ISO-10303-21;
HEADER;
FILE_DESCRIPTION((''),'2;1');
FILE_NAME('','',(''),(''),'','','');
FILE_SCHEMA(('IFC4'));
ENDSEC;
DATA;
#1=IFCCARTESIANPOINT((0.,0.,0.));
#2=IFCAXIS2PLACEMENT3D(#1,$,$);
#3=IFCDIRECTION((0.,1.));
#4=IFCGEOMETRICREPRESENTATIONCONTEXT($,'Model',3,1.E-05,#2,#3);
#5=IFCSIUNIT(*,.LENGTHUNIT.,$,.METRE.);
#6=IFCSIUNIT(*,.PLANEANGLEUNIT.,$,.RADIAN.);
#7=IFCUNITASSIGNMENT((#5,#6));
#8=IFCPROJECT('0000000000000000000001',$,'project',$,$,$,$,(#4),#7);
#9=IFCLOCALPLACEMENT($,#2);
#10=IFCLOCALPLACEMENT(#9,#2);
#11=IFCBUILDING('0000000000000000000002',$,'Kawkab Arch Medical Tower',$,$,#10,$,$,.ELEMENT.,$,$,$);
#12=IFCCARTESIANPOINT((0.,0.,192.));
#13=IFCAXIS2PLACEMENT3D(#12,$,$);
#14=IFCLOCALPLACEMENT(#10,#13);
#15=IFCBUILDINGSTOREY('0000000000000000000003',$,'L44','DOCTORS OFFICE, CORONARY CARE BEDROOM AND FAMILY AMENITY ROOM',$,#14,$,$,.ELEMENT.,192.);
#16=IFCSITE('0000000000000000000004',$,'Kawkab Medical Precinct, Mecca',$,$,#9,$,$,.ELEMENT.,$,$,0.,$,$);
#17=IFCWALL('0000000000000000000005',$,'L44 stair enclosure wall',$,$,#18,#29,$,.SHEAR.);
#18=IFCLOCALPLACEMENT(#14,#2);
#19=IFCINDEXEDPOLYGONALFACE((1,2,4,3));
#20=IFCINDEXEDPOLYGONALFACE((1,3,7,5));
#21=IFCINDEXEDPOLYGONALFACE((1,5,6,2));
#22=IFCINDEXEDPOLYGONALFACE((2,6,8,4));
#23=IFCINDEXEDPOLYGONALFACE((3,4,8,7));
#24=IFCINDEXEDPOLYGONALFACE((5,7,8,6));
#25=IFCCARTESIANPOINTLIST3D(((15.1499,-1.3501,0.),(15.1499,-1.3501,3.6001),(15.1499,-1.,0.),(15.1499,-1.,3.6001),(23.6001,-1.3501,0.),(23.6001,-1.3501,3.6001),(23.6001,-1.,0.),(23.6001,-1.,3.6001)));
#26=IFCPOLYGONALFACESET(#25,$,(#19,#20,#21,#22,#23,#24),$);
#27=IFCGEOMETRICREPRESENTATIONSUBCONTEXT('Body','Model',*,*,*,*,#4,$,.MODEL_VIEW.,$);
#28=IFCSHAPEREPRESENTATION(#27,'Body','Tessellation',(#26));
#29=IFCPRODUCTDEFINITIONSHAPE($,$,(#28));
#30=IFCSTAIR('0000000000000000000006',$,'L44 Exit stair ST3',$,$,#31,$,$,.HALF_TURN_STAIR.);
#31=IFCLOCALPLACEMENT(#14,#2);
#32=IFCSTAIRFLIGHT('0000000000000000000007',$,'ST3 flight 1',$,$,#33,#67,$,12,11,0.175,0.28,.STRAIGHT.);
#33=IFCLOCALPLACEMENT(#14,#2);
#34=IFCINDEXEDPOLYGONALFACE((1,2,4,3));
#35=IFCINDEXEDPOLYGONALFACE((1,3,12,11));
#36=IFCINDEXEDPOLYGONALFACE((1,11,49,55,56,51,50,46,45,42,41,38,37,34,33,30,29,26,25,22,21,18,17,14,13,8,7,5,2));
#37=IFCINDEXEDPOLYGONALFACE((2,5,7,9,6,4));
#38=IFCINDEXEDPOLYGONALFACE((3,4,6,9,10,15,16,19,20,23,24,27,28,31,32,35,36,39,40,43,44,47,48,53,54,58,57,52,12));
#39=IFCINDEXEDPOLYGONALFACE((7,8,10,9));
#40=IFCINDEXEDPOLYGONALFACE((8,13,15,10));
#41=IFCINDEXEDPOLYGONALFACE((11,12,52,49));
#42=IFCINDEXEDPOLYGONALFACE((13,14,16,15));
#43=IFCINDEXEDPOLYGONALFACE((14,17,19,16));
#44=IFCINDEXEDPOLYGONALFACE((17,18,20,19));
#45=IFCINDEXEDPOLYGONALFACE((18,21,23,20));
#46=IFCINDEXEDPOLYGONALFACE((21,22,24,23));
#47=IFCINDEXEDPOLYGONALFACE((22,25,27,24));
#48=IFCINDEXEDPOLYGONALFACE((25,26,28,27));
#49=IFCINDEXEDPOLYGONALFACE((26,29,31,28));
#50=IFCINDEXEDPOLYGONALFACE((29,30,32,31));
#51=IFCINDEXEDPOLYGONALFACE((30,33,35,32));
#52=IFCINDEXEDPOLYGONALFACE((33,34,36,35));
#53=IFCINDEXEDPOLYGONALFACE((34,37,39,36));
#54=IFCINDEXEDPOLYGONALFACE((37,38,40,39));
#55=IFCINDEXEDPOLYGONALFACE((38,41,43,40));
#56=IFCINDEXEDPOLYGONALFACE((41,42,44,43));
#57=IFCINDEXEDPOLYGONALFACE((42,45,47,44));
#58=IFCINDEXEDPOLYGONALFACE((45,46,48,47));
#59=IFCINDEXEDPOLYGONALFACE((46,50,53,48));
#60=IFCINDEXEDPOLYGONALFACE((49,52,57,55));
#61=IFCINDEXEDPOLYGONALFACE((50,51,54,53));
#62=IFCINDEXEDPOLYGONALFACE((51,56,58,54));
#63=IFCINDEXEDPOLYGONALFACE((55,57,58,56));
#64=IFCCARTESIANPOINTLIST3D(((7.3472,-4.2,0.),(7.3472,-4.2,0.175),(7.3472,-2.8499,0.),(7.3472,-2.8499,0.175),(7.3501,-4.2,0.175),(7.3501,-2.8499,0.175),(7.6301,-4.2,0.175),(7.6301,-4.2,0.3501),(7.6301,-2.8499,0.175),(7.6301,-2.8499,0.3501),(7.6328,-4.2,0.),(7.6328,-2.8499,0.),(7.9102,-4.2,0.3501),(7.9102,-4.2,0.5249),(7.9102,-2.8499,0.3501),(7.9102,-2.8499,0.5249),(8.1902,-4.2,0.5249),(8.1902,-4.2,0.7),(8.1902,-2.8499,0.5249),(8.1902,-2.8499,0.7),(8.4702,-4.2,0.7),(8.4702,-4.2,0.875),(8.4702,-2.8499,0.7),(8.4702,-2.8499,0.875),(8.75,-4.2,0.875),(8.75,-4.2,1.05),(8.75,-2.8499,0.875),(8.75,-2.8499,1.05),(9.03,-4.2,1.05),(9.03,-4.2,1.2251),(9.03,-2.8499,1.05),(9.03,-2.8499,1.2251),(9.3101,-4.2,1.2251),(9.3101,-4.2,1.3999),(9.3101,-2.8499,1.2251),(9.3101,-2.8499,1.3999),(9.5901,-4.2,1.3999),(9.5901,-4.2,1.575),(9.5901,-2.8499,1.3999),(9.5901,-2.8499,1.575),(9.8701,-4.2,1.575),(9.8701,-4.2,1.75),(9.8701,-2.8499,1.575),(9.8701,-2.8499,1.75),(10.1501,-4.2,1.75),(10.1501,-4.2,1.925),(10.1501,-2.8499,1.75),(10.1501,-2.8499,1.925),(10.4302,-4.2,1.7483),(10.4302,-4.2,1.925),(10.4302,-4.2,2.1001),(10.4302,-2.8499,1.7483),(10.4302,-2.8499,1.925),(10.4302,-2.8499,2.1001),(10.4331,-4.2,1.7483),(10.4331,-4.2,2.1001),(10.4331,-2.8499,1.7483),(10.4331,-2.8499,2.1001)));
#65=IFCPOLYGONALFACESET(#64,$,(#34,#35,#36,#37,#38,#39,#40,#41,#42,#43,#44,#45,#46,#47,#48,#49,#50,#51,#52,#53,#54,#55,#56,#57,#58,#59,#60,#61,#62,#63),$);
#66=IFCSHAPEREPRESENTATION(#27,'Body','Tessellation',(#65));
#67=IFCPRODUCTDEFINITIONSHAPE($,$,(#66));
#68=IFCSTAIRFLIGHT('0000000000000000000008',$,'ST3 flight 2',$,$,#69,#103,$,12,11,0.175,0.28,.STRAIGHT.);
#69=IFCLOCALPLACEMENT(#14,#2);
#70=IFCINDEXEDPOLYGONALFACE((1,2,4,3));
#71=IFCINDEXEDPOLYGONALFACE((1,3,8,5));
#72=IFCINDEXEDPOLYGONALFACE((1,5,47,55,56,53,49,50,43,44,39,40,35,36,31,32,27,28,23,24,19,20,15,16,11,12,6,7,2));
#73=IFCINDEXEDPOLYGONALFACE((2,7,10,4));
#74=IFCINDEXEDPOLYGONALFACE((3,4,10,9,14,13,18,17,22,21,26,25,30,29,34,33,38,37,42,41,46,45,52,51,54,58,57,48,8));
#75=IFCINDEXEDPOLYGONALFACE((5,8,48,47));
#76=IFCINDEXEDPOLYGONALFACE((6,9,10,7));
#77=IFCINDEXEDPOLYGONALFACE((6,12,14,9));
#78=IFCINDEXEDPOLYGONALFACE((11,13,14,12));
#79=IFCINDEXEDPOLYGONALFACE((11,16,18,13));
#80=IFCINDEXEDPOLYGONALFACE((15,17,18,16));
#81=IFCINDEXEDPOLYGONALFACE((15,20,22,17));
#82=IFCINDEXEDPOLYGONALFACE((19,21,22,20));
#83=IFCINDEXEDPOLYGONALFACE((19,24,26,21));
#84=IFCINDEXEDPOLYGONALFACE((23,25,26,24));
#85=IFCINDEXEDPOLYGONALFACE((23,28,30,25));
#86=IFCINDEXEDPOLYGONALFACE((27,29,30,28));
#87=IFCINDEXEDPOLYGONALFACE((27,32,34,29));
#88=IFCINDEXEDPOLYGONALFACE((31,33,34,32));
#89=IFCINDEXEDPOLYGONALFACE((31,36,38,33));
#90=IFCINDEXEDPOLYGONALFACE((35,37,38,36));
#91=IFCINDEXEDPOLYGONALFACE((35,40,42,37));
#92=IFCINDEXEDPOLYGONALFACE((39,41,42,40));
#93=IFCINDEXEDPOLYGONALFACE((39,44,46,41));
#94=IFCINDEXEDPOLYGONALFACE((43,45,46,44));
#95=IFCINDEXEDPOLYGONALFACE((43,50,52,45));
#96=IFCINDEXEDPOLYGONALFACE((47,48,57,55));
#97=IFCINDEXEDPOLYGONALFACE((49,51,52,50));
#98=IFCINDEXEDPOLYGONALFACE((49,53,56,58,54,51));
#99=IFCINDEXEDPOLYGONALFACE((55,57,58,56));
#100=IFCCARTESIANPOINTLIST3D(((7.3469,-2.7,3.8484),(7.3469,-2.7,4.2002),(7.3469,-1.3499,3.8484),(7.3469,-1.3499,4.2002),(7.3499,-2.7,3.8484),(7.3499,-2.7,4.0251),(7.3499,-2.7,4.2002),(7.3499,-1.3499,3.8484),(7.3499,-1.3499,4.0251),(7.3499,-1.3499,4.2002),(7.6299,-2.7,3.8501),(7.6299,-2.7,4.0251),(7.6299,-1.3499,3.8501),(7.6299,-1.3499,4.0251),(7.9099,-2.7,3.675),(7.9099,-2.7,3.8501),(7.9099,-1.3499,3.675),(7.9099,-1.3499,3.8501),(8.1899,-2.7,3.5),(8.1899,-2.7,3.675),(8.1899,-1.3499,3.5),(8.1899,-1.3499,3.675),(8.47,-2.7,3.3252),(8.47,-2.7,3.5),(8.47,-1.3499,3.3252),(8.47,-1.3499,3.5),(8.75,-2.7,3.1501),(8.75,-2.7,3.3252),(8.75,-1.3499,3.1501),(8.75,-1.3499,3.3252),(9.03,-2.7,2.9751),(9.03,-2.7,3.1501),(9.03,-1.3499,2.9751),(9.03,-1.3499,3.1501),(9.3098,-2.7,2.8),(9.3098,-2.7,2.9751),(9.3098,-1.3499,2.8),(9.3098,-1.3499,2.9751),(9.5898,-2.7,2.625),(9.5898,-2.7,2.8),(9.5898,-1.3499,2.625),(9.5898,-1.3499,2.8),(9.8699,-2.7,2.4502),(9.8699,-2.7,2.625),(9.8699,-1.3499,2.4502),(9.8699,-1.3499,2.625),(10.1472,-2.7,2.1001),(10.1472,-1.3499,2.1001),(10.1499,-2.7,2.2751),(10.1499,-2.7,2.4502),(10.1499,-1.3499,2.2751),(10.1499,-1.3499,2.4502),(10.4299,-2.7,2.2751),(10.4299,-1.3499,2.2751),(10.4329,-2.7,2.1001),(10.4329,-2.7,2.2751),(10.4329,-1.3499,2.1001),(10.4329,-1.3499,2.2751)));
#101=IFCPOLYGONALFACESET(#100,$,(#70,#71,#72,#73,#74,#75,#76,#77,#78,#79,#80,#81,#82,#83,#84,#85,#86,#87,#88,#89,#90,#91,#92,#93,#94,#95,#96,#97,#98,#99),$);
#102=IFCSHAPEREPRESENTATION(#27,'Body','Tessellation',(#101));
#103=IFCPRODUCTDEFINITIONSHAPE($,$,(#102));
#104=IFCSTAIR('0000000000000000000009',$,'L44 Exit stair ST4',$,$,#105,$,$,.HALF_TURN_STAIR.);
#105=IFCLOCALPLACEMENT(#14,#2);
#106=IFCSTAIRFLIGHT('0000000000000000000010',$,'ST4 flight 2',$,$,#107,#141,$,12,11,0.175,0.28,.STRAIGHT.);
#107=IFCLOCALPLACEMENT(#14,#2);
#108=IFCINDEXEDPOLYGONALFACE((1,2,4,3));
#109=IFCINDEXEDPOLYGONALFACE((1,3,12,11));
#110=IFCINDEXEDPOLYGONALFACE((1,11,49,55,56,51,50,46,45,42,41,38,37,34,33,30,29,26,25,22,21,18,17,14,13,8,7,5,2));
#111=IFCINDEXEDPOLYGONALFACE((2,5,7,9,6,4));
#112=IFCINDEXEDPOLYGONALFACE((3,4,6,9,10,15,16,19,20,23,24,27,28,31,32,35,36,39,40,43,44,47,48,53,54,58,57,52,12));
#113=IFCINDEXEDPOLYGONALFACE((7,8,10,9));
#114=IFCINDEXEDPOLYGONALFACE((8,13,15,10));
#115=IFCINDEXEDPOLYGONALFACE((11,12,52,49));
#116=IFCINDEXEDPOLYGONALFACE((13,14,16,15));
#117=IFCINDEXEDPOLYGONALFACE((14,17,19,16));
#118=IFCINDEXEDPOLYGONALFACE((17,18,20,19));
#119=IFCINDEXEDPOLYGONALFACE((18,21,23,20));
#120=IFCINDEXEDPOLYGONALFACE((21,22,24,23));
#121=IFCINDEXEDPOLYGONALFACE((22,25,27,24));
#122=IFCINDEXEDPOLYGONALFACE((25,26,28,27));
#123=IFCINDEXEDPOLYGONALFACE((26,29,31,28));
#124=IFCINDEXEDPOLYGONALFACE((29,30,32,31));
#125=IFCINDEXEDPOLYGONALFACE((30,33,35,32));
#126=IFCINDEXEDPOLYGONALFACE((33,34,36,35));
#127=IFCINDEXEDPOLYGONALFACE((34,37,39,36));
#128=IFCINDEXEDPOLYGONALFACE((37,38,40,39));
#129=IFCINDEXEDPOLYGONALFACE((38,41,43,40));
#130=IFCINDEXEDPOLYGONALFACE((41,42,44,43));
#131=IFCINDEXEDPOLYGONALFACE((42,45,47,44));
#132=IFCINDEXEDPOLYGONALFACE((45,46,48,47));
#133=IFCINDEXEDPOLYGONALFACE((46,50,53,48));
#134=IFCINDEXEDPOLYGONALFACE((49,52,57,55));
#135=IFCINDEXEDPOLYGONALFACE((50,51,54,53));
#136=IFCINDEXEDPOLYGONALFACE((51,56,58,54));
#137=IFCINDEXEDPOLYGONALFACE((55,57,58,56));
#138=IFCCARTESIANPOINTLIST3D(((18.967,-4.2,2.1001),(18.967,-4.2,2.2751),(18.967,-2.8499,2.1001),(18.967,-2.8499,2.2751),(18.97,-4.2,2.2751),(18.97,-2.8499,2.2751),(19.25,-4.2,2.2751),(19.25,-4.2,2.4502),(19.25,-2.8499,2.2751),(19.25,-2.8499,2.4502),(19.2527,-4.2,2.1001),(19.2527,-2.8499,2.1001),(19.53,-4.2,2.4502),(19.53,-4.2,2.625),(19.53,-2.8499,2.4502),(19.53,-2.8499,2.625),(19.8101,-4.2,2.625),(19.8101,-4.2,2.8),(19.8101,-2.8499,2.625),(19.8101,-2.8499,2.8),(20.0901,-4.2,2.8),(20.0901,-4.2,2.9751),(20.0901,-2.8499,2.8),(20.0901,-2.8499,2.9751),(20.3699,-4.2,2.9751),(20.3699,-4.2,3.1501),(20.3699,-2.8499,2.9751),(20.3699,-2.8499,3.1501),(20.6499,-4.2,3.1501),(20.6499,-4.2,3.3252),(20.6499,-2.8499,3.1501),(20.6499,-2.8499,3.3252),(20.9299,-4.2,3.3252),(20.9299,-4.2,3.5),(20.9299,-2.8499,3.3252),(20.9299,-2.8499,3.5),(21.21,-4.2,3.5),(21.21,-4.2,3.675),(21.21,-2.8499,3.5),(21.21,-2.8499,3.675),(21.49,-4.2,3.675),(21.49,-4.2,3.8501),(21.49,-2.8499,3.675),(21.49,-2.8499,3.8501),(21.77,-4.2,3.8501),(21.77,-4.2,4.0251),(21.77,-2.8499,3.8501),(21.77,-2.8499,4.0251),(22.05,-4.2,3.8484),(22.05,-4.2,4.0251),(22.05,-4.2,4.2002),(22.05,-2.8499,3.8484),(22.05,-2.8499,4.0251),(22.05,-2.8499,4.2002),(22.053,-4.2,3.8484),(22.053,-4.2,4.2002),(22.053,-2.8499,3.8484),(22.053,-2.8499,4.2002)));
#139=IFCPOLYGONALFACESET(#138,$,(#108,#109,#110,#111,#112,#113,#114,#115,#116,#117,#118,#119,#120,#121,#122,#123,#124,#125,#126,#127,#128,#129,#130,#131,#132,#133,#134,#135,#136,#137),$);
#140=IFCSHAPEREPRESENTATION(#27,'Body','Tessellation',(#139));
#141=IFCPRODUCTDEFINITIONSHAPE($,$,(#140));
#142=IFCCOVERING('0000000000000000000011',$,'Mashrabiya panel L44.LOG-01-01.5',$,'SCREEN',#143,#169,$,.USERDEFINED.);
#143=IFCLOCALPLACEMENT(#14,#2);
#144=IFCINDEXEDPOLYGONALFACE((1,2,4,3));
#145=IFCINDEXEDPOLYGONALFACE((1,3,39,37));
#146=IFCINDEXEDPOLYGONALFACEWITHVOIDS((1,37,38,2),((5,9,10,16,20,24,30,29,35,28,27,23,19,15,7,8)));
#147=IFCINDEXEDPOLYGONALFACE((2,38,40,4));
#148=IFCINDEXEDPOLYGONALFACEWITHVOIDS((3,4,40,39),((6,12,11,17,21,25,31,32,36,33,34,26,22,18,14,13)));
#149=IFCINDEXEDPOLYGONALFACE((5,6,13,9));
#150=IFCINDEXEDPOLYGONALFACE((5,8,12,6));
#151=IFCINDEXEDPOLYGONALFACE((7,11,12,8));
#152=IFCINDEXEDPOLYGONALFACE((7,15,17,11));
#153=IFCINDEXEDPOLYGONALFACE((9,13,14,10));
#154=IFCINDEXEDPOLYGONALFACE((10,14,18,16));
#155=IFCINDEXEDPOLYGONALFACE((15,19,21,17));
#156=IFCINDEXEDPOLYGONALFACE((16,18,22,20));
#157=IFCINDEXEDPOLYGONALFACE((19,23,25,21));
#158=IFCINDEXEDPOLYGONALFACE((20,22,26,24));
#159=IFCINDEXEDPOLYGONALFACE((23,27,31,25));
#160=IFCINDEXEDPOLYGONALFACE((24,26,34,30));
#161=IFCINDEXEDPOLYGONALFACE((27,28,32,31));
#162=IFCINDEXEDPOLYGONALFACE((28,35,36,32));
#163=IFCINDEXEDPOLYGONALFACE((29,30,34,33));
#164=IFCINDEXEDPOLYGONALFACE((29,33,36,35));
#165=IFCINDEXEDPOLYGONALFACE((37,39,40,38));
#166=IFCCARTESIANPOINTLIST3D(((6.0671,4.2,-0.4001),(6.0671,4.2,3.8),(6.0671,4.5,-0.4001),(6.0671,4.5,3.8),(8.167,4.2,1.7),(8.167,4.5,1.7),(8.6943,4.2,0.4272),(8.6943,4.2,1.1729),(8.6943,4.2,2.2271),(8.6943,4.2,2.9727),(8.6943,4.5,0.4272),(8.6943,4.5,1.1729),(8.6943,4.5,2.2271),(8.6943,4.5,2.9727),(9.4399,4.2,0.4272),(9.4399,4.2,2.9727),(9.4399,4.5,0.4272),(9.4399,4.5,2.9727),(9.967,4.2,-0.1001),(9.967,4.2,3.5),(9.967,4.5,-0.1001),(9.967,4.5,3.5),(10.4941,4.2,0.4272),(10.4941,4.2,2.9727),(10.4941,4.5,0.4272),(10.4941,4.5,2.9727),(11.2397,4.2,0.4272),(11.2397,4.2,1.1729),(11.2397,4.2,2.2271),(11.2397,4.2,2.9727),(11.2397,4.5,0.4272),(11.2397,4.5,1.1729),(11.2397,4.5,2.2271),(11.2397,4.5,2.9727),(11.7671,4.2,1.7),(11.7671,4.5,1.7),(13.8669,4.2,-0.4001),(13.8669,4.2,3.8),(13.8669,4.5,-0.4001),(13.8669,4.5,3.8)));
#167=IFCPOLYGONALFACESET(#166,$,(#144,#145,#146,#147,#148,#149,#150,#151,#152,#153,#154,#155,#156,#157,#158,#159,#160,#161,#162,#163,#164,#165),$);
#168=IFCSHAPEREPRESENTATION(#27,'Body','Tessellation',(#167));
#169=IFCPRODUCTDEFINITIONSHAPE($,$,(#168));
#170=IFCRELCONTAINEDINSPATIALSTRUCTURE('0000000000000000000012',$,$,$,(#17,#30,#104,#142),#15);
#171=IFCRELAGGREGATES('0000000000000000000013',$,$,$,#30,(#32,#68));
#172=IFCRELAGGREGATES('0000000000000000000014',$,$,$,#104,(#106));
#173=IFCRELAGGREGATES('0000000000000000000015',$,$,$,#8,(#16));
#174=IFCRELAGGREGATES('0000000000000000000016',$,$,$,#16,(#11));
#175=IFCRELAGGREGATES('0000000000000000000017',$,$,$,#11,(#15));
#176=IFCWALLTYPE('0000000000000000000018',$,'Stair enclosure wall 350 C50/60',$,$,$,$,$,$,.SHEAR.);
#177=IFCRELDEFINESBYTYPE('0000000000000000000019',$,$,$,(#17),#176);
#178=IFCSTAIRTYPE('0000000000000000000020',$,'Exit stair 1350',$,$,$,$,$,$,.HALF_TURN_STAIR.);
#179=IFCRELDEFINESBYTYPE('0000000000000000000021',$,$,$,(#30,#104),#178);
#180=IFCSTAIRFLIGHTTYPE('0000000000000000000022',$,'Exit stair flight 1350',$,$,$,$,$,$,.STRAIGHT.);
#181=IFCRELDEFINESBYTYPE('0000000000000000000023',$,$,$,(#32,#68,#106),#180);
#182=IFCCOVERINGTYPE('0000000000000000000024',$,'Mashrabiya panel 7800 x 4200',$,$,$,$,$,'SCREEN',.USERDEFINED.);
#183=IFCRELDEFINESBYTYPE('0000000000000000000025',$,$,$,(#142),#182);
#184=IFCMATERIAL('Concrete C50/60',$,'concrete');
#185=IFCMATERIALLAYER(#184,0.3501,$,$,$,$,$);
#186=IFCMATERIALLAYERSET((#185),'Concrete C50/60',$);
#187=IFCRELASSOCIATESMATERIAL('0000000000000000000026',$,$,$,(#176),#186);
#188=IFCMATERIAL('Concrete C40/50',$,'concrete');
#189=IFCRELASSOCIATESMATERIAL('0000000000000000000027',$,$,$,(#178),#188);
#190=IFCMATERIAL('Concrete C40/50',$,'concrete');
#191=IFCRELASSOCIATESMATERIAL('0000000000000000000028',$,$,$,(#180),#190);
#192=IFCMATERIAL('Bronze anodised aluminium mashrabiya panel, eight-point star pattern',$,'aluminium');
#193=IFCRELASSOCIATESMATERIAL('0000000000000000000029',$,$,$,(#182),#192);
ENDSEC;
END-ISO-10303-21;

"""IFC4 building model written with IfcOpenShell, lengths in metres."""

from ifc_helpers import new_model, si_unit, direction, frame, frame_2d, origin, place, context, subcontext, project, spatial, polyline, rectangle, outline, extrude, material, layer, layer_set, material_profile, profile_set, type_object, element, aggregate, save


model = new_model("IFC4")

# Units and contexts
model_context = context("Model", 3, precision=1e-05, world=origin(), true_north=direction((0.0, 1.0)))
body_context = subcontext(model_context, "Body", "Model", "MODEL_VIEW")
ifc_project = project(units=[si_unit("LENGTHUNIT", "METRE"), si_unit("PLANEANGLEUNIT", "RADIAN")], contexts=[model_context])

# Site, building, storey
site_placement = place(None, origin())
site = spatial("IfcSite", under=ifc_project, at=site_placement, Name="Kawkab Medical Precinct, Mecca", CompositionType="ELEMENT", RefElevation=0.0)
building_placement = place(site_placement, origin())
building = spatial("IfcBuilding", under=site, at=building_placement, Name="Kawkab Arch Medical Tower", CompositionType="ELEMENT")
storey_placement = place(building_placement, frame((0.0, 0.0, 192.0)))
storey = spatial("IfcBuildingStorey", under=building, at=storey_placement, Name="L44", Description="DOCTORS OFFICE, CORONARY CARE BEDROOM AND FAMILY AMENITY ROOM", CompositionType="ELEMENT", Elevation=192.0)

# Shared definitions
placement = place(storey_placement, origin())

# Wall
ifc_material_1 = material(Name="Concrete C50/60", Category="concrete")
ifc_layer_1 = layer(ifc_material_1, 0.3501)
ifc_layer_set_1 = layer_set([ifc_layer_1], Name="Concrete C50/60")
wall_type_1 = type_object("IfcWallType", Name="Stair enclosure wall 350 C50/60", PredefinedType="SHEAR", material=ifc_layer_set_1)
wall_1_placement = place(storey_placement, frame((15.1499, -1.175, 0.0), z_axis=(0.0, 0.0, 1.0), x_axis=(1.0, 0.0, 0.0)))
element("IfcWall", 1, at=wall_1_placement, inside=storey, type_object=wall_type_1, Name="L44 stair enclosure wall", PredefinedType="SHEAR", context=body_context, shape_type="SweptSolid", body=[
    extrude(rectangle(XDim=8.4502, YDim=0.3501, at=frame_2d((4.2251, 0.0))), origin(), (0.0, 0.0, 1.0), 3.6001),
])

# Stair, stair flights
ifc_material_2 = material(Name="Concrete C40/50", Category="concrete")
stair_type = type_object("IfcStairType", Name="Exit stair 1350", PredefinedType="HALF_TURN_STAIR", material=ifc_material_2)
stair_1 = element("IfcStair", 2, at=placement, inside=storey, type_object=stair_type, Name="L44 Exit stair ST3", PredefinedType="HALF_TURN_STAIR")
ifc_material_3 = material(Name="Concrete C40/50", Category="concrete")
stair_flight_type = type_object("IfcStairFlightType", Name="Exit stair flight 1350", PredefinedType="STRAIGHT", material=ifc_material_3)
stair_flight_1_placement = place(storey_placement, frame((7.3501, -3.5249, 0.0), z_axis=(0.0, 0.0, 1.0), x_axis=(1.0, 0.0, 0.0)))
stair_flight_1 = element("IfcStairFlight", 3, at=stair_flight_1_placement, type_object=stair_flight_type, Name="ST3 flight 1", NumberOfRisers=12, NumberOfTreads=11, PredefinedType="STRAIGHT", RiserHeight=0.175, TreadLength=0.28, context=body_context, shape_type="SweptSolid", body=[
    extrude(outline(polyline([(-0.0029, 0.0), (-0.0029, 0.175), (0.0, 0.175), (0.28, 0.175), (0.28, 0.3501), (0.5601, 0.3501), (0.5601, 0.5249), (0.8401, 0.5249), (0.8401, 0.7), (1.1201, 0.7), (1.1201, 0.875), (1.3999, 0.875), (1.3999, 1.05), (1.6799, 1.05), (1.6799, 1.2251), (1.96, 1.2251), (1.96, 1.3999), (2.24, 1.3999), (2.24, 1.575), (2.52, 1.575), (2.52, 1.75), (2.8, 1.75), (2.8, 1.925), (3.0801, 1.925), (3.0801, 2.1001), (3.083, 2.1001), (3.083, 1.7483), (3.0801, 1.7483), (0.2827, 0.0), (-0.0029, 0.0)])), frame((0.0, 0.675, 0.0), z_axis=(0.0, -1.0, 0.0), x_axis=(1.0, 0.0, 0.0)), (0.0, 0.0, 1.0), 1.3501),
])
stair_flight_2_placement = place(storey_placement, frame((10.4299, -2.0249, 2.1001), z_axis=(0.0, 0.0, 1.0), x_axis=(-1.0, 0.0, 0.0)))
stair_flight_2 = element("IfcStairFlight", 4, at=stair_flight_2_placement, type_object=stair_flight_type, Name="ST3 flight 2", NumberOfRisers=12, NumberOfTreads=11, PredefinedType="STRAIGHT", RiserHeight=0.175, TreadLength=0.28, context=body_context, shape_type="SweptSolid", body=[
    extrude(outline(polyline([(-0.0029, 0.0), (-0.0029, 0.175), (0.0, 0.175), (0.28, 0.175), (0.28, 0.3501), (0.5601, 0.3501), (0.5601, 0.5249), (0.8401, 0.5249), (0.8401, 0.7), (1.1201, 0.7), (1.1201, 0.875), (1.3999, 0.875), (1.3999, 1.05), (1.6799, 1.05), (1.6799, 1.2251), (1.96, 1.2251), (1.96, 1.3999), (2.24, 1.3999), (2.24, 1.575), (2.52, 1.575), (2.52, 1.75), (2.8, 1.75), (2.8, 1.925), (3.0801, 1.925), (3.0801, 2.1001), (3.083, 2.1001), (3.083, 1.7483), (3.0801, 1.7483), (0.2827, 0.0), (-0.0029, 0.0)])), frame((0.0, 0.675, 0.0), z_axis=(0.0, -1.0, 0.0), x_axis=(1.0, 0.0, 0.0)), (0.0, 0.0, 1.0), 1.3501),
])
aggregate(stair_1, [stair_flight_1, stair_flight_2])

# Stair, stair flight
stair_2 = element("IfcStair", 5, at=placement, inside=storey, type_object=stair_type, Name="L44 Exit stair ST4", PredefinedType="HALF_TURN_STAIR")
stair_flight_3_placement = place(storey_placement, frame((18.97, -3.5249, 2.1001), z_axis=(0.0, 0.0, 1.0), x_axis=(1.0, 0.0, 0.0)))
stair_flight_3 = element("IfcStairFlight", 6, at=stair_flight_3_placement, type_object=stair_flight_type, Name="ST4 flight 2", NumberOfRisers=12, NumberOfTreads=11, PredefinedType="STRAIGHT", RiserHeight=0.175, TreadLength=0.28, context=body_context, shape_type="SweptSolid", body=[
    extrude(outline(polyline([(-0.0029, 0.0), (-0.0029, 0.175), (0.0, 0.175), (0.28, 0.175), (0.28, 0.3501), (0.5601, 0.3501), (0.5601, 0.5249), (0.8401, 0.5249), (0.8401, 0.7), (1.1201, 0.7), (1.1201, 0.875), (1.3999, 0.875), (1.3999, 1.05), (1.6799, 1.05), (1.6799, 1.2251), (1.96, 1.2251), (1.96, 1.3999), (2.24, 1.3999), (2.24, 1.575), (2.52, 1.575), (2.52, 1.75), (2.8, 1.75), (2.8, 1.925), (3.0801, 1.925), (3.0801, 2.1001), (3.083, 2.1001), (3.083, 1.7483), (3.0801, 1.7483), (0.2827, 0.0), (-0.0029, 0.0)])), frame((0.0, 0.675, 0.0), z_axis=(0.0, -1.0, 0.0), x_axis=(1.0, 0.0, 0.0)), (0.0, 0.0, 1.0), 1.3501),
])
aggregate(stair_2, [stair_flight_3])

# Covering
ifc_material_4 = material(Name="Bronze anodised aluminium mashrabiya panel, eight-point star pattern", Category="aluminium")
ifc_material_profile_1 = material_profile(ifc_material_4, outline(polyline([(-3.8999, -2.1001), (3.8999, -2.1001), (3.8999, 2.1001), (-3.8999, 2.1001), (-3.8999, -2.1001)]), holes=[polyline([(1.8, 0.0), (1.2727, 0.5271), (1.2727, 1.2727), (0.5271, 1.2727), (0.0, 1.8), (-0.5271, 1.2727), (-1.2727, 1.2727), (-1.2727, 0.5271), (-1.8, 0.0), (-1.2727, -0.5271), (-1.2727, -1.2727), (-0.5271, -1.2727), (0.0, -1.8), (0.5271, -1.2727), (1.2727, -1.2727), (1.2727, -0.5271), (1.8, 0.0)])]), Name="Mashrabiya panel 7800x4200")
ifc_profile_set_1 = profile_set([ifc_material_profile_1], Name="Bronze anodised aluminium mashrabiya panel, eight-point star pattern")
covering_type_1 = type_object("IfcCoveringType", Name="Mashrabiya panel 7800 x 4200", ElementType="SCREEN", PredefinedType="USERDEFINED", material=ifc_profile_set_1)
covering_1_placement = place(storey_placement, frame((9.967, 4.2, 1.7), z_axis=(0.0, 1.0, 0.0), x_axis=(-1.0, 0.0, 0.0)))
element("IfcCovering", 7, at=covering_1_placement, inside=storey, type_object=covering_type_1, Name="Mashrabiya panel L44.LOG-01-01.5", ObjectType="SCREEN", PredefinedType="USERDEFINED", context=body_context, shape_type="SweptSolid", body=[
    extrude(outline(polyline([(-3.8999, -2.1001), (3.8999, -2.1001), (3.8999, 2.1001), (-3.8999, 2.1001), (-3.8999, -2.1001)]), holes=[polyline([(1.8, 0.0), (1.2727, 0.5271), (1.2727, 1.2727), (0.5271, 1.2727), (0.0, 1.8), (-0.5271, 1.2727), (-1.2727, 1.2727), (-1.2727, 0.5271), (-1.8, 0.0), (-1.2727, -0.5271), (-1.2727, -1.2727), (-0.5271, -1.2727), (0.0, -1.8), (0.5271, -1.2727), (1.2727, -1.2727), (1.2727, -0.5271), (1.8, 0.0)])]), origin(), (0.0, 0.0, 1.0), 0.3),
])

save(model, "model.ifc")
